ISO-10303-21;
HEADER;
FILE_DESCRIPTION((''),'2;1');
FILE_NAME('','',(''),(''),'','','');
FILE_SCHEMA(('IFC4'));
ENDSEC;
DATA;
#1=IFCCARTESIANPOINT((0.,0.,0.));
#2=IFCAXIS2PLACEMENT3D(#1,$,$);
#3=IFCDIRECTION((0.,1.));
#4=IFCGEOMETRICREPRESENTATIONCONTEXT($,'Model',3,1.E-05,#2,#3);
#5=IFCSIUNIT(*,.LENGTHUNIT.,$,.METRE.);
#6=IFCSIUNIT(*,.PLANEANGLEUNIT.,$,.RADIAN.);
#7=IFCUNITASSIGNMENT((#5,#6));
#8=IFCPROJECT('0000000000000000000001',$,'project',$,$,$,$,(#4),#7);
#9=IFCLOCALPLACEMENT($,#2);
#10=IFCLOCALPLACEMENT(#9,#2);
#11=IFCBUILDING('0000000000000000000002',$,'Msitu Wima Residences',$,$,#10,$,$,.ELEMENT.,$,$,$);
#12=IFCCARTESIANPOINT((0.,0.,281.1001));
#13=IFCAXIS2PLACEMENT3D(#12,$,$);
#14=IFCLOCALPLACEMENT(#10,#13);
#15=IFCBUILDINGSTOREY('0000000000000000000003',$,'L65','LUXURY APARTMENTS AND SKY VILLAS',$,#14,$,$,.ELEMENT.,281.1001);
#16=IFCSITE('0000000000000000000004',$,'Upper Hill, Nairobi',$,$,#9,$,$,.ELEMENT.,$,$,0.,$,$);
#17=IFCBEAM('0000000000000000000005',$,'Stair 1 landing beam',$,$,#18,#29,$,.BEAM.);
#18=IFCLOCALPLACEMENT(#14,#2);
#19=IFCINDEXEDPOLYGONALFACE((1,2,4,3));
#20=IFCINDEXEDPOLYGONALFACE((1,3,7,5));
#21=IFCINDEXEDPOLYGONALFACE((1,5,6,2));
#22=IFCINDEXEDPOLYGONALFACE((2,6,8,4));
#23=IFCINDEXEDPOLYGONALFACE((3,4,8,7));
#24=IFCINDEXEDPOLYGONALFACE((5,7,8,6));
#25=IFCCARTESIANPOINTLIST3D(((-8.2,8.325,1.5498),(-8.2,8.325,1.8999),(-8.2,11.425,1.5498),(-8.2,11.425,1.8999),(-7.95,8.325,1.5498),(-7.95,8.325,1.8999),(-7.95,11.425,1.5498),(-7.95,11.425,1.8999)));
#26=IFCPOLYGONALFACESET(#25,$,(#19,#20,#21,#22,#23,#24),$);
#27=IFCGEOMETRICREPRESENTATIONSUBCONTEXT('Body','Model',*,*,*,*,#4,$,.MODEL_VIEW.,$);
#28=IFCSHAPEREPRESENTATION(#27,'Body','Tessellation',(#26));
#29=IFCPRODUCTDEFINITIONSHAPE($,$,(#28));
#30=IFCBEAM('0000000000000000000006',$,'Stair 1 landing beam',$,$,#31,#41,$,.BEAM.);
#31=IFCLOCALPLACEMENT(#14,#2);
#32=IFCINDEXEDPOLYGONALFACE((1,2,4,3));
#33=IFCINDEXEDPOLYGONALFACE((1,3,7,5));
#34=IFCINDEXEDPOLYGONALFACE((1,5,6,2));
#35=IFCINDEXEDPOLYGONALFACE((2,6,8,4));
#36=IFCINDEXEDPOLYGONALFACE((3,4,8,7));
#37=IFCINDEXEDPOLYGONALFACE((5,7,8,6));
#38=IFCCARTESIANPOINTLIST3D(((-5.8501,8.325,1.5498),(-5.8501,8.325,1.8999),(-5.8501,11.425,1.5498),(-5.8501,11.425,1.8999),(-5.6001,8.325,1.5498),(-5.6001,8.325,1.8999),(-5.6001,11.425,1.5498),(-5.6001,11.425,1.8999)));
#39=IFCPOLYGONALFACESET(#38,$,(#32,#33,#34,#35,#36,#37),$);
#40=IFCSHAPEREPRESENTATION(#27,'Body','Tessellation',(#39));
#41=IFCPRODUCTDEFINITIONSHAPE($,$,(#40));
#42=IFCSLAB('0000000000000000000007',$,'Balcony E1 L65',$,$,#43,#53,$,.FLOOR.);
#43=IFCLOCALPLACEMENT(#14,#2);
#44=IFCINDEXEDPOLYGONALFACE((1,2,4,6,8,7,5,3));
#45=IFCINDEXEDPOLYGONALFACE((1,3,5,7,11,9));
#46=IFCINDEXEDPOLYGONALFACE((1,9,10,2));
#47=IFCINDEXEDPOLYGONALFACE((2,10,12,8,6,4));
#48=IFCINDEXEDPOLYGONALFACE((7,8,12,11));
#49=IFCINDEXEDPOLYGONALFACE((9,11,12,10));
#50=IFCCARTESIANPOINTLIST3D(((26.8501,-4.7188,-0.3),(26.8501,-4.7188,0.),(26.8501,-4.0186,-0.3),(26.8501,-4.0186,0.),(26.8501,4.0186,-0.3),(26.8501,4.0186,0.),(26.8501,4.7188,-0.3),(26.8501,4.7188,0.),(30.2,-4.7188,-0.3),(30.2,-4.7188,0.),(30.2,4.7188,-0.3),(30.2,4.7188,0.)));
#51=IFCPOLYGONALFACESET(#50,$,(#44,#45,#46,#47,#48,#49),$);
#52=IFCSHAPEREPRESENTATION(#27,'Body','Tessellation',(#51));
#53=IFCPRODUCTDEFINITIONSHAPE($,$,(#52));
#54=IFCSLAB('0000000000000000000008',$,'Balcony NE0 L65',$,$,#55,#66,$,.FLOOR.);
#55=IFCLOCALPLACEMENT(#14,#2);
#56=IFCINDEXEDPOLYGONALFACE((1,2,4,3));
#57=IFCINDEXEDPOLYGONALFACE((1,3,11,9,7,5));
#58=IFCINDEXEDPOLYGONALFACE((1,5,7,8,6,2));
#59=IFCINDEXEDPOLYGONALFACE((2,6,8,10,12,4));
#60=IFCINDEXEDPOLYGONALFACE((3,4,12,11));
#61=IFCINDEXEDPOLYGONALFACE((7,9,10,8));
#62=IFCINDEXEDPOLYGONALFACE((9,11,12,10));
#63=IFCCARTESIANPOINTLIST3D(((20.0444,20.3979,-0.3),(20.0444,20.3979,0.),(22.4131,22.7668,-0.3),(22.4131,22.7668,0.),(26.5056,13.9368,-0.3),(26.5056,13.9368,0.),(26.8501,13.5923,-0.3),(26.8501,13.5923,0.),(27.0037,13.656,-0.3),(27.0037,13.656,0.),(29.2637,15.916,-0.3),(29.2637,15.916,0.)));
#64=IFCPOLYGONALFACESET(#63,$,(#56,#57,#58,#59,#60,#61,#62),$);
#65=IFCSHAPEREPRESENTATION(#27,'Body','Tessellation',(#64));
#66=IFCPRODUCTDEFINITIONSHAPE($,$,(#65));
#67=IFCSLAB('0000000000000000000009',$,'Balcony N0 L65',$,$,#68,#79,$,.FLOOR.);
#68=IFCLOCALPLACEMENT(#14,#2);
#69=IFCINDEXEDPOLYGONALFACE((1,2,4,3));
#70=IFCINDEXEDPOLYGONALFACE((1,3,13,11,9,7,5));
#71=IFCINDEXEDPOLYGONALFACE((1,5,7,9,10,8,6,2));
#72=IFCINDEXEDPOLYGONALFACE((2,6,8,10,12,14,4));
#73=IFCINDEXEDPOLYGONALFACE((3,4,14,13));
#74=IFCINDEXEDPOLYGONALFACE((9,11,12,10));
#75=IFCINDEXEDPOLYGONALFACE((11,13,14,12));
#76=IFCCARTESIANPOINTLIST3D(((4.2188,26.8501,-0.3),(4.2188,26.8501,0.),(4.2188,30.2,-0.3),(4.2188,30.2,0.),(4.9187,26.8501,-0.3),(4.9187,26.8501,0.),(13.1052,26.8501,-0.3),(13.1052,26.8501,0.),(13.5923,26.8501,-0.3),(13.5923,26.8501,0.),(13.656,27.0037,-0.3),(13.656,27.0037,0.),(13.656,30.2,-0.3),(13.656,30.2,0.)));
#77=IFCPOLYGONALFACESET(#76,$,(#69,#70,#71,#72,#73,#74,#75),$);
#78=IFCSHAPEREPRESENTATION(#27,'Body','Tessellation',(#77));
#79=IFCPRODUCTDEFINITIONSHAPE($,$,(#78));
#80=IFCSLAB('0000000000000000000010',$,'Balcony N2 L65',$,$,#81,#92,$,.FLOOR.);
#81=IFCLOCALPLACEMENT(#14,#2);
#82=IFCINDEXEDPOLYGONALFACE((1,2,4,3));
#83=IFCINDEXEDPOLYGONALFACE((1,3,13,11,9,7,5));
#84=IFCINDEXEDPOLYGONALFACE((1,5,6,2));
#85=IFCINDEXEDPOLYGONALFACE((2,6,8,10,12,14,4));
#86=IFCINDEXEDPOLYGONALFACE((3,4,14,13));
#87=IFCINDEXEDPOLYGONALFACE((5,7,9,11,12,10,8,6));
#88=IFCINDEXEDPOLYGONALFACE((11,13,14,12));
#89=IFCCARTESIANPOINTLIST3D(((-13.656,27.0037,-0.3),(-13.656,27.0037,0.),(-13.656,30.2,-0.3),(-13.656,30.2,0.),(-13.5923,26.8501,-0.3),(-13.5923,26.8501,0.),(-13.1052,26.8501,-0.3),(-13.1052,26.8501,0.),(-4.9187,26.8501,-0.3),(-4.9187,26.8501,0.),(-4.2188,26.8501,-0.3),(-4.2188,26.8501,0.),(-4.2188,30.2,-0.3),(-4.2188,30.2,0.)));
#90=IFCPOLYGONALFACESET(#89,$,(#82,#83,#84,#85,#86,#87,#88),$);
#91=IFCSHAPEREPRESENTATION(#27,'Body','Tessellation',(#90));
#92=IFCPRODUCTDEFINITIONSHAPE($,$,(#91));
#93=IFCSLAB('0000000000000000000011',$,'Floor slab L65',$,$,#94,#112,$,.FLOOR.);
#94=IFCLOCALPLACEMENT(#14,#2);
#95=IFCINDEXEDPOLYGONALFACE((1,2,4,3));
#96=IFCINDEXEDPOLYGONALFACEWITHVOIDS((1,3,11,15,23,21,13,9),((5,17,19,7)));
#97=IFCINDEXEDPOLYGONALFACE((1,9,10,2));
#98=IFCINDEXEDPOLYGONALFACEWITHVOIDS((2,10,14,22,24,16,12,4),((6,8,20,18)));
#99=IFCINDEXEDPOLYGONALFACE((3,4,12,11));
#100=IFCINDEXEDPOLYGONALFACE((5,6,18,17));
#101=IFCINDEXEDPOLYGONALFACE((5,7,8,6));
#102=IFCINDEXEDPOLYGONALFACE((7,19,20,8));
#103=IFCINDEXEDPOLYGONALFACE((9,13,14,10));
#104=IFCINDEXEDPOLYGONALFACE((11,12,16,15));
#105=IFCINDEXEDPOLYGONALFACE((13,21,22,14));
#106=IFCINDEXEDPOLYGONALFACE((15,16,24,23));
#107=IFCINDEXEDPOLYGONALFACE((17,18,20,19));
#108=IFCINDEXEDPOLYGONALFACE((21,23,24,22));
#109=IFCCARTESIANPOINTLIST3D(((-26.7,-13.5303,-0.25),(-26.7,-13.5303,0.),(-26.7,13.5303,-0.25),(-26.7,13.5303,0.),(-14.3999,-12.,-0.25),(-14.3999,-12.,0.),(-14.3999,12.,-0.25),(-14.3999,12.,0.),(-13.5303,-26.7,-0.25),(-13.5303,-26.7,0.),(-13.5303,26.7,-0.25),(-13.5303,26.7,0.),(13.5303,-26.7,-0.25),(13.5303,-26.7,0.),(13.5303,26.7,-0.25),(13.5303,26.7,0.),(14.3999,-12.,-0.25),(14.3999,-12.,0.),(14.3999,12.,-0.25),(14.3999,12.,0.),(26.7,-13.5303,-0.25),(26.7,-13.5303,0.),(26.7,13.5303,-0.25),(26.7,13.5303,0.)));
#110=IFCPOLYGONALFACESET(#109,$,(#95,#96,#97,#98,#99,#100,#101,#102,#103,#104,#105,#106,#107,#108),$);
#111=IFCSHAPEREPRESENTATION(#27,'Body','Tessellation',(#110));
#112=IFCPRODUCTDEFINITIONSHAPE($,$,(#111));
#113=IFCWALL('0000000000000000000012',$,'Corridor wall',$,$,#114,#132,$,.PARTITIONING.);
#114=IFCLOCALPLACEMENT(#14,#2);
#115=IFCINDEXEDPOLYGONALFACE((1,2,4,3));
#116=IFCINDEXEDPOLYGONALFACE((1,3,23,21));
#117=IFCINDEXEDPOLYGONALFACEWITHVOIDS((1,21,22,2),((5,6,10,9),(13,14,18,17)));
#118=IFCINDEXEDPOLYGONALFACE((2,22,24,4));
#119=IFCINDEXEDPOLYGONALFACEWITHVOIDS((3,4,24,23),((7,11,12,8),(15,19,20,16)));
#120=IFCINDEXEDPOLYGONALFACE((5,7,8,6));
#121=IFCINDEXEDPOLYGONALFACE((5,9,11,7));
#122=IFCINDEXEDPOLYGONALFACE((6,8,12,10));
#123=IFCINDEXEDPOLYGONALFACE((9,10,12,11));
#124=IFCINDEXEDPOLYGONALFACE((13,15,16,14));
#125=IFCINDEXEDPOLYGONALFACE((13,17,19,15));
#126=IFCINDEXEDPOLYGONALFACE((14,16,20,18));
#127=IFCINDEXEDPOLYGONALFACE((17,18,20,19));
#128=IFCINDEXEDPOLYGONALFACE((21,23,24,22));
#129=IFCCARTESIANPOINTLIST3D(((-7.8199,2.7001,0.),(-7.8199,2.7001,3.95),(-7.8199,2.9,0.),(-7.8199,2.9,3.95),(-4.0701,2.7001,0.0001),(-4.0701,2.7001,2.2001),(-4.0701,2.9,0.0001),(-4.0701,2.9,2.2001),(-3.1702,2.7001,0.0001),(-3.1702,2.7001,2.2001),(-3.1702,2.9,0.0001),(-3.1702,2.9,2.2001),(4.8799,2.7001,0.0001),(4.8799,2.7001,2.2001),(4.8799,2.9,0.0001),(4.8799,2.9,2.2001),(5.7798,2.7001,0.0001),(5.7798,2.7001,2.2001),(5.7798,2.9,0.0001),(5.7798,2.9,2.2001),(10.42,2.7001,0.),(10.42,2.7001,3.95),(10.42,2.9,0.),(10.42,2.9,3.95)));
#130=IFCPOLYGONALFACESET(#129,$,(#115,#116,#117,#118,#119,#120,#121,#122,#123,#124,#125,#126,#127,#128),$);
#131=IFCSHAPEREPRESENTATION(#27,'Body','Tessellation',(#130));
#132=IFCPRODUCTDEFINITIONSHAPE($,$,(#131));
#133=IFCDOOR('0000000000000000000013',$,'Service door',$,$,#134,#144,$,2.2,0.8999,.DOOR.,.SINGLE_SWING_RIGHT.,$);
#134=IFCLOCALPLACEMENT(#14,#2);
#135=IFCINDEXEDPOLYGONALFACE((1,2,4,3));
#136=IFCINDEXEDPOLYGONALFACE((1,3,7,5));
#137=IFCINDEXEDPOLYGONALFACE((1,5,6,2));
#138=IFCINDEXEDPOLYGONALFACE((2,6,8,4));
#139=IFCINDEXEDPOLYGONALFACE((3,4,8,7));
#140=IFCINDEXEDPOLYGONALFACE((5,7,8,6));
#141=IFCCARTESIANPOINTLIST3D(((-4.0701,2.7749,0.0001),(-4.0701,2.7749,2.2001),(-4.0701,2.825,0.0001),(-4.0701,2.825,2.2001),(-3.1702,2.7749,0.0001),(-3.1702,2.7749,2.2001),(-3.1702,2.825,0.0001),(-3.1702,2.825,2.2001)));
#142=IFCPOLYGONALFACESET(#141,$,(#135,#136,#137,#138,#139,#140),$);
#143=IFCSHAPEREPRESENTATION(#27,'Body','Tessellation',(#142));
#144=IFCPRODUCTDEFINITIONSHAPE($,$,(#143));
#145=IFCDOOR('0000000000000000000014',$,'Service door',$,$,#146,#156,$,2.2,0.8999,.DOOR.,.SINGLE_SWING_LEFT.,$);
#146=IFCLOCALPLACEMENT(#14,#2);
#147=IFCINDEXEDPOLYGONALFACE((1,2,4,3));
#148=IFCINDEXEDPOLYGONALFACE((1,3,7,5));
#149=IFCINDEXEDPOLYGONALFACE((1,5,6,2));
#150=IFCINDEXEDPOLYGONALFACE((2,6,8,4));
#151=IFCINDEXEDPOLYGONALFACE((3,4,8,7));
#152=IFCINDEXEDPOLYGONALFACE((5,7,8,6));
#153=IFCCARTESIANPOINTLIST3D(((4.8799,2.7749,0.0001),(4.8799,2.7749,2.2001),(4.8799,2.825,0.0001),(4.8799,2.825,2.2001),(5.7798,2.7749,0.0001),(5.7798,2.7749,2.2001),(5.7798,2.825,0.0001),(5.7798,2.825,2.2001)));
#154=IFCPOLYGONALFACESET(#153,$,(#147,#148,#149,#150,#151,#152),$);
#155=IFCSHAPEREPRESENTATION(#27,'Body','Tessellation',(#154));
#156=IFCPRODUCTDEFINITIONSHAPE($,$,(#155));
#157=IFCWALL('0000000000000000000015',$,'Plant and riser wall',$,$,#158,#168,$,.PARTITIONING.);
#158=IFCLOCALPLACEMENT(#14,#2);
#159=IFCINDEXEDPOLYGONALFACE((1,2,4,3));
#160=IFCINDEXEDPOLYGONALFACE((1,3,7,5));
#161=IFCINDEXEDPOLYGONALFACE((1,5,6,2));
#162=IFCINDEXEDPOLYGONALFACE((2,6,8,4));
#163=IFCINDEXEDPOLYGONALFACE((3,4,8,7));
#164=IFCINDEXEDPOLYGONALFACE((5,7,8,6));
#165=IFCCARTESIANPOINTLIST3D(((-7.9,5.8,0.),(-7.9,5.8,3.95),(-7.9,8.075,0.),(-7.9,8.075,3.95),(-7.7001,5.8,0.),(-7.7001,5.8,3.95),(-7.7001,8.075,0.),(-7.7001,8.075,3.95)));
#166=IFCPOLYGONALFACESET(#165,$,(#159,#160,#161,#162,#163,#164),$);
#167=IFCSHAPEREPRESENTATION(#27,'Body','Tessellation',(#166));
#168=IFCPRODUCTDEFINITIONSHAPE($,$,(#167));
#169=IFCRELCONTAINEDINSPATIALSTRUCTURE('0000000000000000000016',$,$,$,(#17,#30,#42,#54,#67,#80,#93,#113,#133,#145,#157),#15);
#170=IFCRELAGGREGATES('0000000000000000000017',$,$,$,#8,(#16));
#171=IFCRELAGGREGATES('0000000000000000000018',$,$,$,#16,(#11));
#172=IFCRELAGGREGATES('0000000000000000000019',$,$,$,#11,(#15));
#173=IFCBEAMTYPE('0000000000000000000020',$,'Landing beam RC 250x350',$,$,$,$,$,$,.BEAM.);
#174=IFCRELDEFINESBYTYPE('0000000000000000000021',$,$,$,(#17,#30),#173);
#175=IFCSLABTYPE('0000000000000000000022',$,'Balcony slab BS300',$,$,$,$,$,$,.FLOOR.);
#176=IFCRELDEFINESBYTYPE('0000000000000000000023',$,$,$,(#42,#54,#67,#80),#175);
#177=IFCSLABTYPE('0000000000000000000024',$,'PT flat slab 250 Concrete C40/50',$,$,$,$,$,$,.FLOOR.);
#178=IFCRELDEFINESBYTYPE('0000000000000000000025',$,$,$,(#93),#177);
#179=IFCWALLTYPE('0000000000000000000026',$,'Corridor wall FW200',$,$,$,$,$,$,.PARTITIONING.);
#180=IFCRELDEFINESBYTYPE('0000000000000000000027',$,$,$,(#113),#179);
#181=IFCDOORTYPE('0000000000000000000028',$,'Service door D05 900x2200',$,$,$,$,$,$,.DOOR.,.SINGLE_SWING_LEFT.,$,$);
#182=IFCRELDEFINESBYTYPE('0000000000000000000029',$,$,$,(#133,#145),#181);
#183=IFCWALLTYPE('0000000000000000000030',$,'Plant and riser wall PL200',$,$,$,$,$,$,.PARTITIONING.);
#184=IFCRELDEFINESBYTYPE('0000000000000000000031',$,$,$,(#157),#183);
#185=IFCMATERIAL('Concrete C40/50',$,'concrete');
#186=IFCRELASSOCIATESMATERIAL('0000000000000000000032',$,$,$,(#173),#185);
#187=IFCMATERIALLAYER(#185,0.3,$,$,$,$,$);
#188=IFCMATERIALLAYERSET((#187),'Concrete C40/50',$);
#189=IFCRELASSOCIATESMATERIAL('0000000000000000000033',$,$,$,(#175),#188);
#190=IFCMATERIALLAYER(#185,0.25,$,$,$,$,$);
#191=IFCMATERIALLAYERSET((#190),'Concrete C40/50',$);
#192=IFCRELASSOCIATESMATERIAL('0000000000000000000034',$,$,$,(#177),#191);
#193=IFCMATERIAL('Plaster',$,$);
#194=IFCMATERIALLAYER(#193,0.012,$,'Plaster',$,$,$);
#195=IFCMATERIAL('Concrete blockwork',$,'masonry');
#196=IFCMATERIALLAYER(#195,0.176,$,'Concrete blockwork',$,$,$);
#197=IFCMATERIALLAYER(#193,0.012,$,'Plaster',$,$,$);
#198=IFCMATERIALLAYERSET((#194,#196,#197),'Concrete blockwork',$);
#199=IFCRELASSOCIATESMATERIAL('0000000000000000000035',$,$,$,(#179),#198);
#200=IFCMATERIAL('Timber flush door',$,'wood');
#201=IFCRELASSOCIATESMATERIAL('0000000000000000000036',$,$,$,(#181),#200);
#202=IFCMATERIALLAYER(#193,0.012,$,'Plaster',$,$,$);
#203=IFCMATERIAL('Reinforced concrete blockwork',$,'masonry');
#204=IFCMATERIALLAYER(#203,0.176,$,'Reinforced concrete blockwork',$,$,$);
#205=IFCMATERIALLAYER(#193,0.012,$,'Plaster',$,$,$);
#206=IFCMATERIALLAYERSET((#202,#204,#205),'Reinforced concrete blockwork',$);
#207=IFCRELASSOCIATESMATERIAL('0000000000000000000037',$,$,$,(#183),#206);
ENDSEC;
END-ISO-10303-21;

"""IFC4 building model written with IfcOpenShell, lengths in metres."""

from ifc_helpers import new_model, si_unit, direction, frame, frame_2d, origin, origin_2d, place, context, subcontext, project, spatial, polyline, rectangle, outline, extrude, material, layer, layer_set, material_profile, profile_set, type_object, element, fill, save


model = new_model("IFC4")

# Units and contexts
model_context = context("Model", 3, precision=1e-05, world=origin(), true_north=direction((0.0, 1.0)))
body_context = subcontext(model_context, "Body", "Model", "MODEL_VIEW")
ifc_project = project(units=[si_unit("LENGTHUNIT", "METRE"), si_unit("PLANEANGLEUNIT", "RADIAN")], contexts=[model_context])

# Site, building, storey
site_placement = place(None, origin())
site = spatial("IfcSite", under=ifc_project, at=site_placement, Name="Upper Hill, Nairobi", CompositionType="ELEMENT", RefElevation=0.0)
building_placement = place(site_placement, origin())
building = spatial("IfcBuilding", under=site, at=building_placement, Name="Msitu Wima Residences", CompositionType="ELEMENT")
storey_placement = place(building_placement, frame((0.0, 0.0, 281.1001)))
storey = spatial("IfcBuildingStorey", under=building, at=storey_placement, Name="L65", Description="LUXURY APARTMENTS AND SKY VILLAS", CompositionType="ELEMENT", Elevation=281.1001)

# Beams
ifc_material_1 = material(Name="Concrete C40/50", Category="concrete")
ifc_material_profile = material_profile(ifc_material_1, rectangle(XDim=0.25, YDim=0.3501, at=origin_2d()), Name="RC 250x350")
ifc_profile_set = profile_set([ifc_material_profile], Name="Concrete C40/50")
beam_type = type_object("IfcBeamType", Name="Landing beam RC 250x350", PredefinedType="BEAM", material=ifc_profile_set)
for number, where, z_axis, x_axis, name in (
    (1, (-8.075, 8.325, 1.7249), (0.0, 1.0, 0.0), (-1.0, 0.0, 0.0), "Stair 1 landing beam"),
    (2, (-5.7251, 8.325, 1.7249), (0.0, 1.0, 0.0), (-1.0, 0.0, 0.0), "Stair 1 landing beam"),
):
    element("IfcBeam", number, at=place(storey_placement, frame(where, z_axis=z_axis, x_axis=x_axis)), inside=storey, type_object=beam_type, Name=name, PredefinedType="BEAM", context=body_context, shape_type="SweptSolid", body=[
        extrude(rectangle(XDim=0.25, YDim=0.3501, at=origin_2d()), origin(), (0.0, 0.0, 1.0), 3.1001),
    ])

# Slabs
ifc_layer_1 = layer(ifc_material_1, 0.3)
ifc_layer_set_1 = layer_set([ifc_layer_1], Name="Concrete C40/50")
slab_type_1 = type_object("IfcSlabType", Name="Balcony slab BS300", PredefinedType="FLOOR", material=ifc_layer_set_1)
slab_1_placement = place(storey_placement, frame((0.0, 0.0, -0.3)))
element("IfcSlab", 3, at=slab_1_placement, inside=storey, type_object=slab_type_1, Name="Balcony E1 L65", PredefinedType="FLOOR", context=body_context, shape_type="SweptSolid", body=[
    extrude(outline(polyline([(26.8501, -4.0186), (26.8501, 4.0186), (26.8501, 4.7188), (30.2, 4.7188), (30.2, -4.7188), (26.8501, -4.7188), (26.8501, -4.0186)])), origin(), (0.0, 0.0, 1.0), 0.3),
])
slab_2_placement = place(storey_placement, frame((0.0, 0.0, -0.3)))
element("IfcSlab", 4, at=slab_2_placement, inside=storey, type_object=slab_type_1, Name="Balcony NE0 L65", PredefinedType="FLOOR", context=body_context, shape_type="SweptSolid", body=[
    extrude(outline(polyline([(26.5056, 13.9368), (26.5056, 13.9368), (20.0444, 20.3979), (22.4131, 22.7668), (29.2637, 15.916), (27.0037, 13.656), (26.8501, 13.5923), (26.5056, 13.9368), (26.5056, 13.9368)])), origin(), (0.0, 0.0, 1.0), 0.3),
])
slab_3_placement = place(storey_placement, frame((0.0, 0.0, -0.3)))
element("IfcSlab", 5, at=slab_3_placement, inside=storey, type_object=slab_type_1, Name="Balcony N0 L65", PredefinedType="FLOOR", context=body_context, shape_type="SweptSolid", body=[
    extrude(outline(polyline([(13.1052, 26.8501), (13.1052, 26.8501), (4.9187, 26.8501), (4.2188, 26.8501), (4.2188, 30.2), (13.656, 30.2), (13.656, 27.0037), (13.5923, 26.8501), (13.1052, 26.8501), (13.1052, 26.8501)])), origin(), (0.0, 0.0, 1.0), 0.3),
])
slab_4_placement = place(storey_placement, frame((0.0, 0.0, -0.3)))
element("IfcSlab", 6, at=slab_4_placement, inside=storey, type_object=slab_type_1, Name="Balcony N2 L65", PredefinedType="FLOOR", context=body_context, shape_type="SweptSolid", body=[
    extrude(outline(polyline([(-13.1052, 26.8501), (-13.1052, 26.8501), (-13.1052, 26.8501), (-13.5923, 26.8501), (-13.656, 27.0037), (-13.656, 30.2), (-4.2188, 30.2), (-4.2188, 26.8501), (-4.9187, 26.8501), (-13.1052, 26.8501)])), origin(), (0.0, 0.0, 1.0), 0.3),
])
ifc_layer_2 = layer(ifc_material_1, 0.25)
ifc_layer_set_2 = layer_set([ifc_layer_2], Name="Concrete C40/50")
slab_type_2 = type_object("IfcSlabType", Name="PT flat slab 250 Concrete C40/50", PredefinedType="FLOOR", material=ifc_layer_set_2)
slab_5_placement = place(storey_placement, frame((0.0, 0.0, -0.25)))
element("IfcSlab", 7, at=slab_5_placement, inside=storey, type_object=slab_type_2, Name="Floor slab L65", PredefinedType="FLOOR", context=body_context, shape_type="SweptSolid", body=[
    extrude(outline(polyline([(26.7, -13.5303), (13.5303, -26.7), (-13.5303, -26.7), (-26.7, -13.5303), (-26.7, 13.5303), (-13.5303, 26.7), (13.5303, 26.7), (26.7, 13.5303), (26.7, -13.5303)]), holes=[polyline([(-14.3999, -12.0), (14.3999, -12.0), (14.3999, 12.0), (-14.3999, 12.0), (-14.3999, -12.0)])]), origin(), (0.0, 0.0, 1.0), 0.25),
])

# Wall, openings, doors
ifc_material_2 = material(Name="Plaster")
ifc_layer_3 = layer(ifc_material_2, 0.012, Name="Plaster")
ifc_material_3 = material(Name="Concrete blockwork", Category="masonry")
ifc_layer_4 = layer(ifc_material_3, 0.176, Name="Concrete blockwork")
ifc_layer_5 = layer(ifc_material_2, 0.012, Name="Plaster")
ifc_layer_set_3 = layer_set([ifc_layer_3, ifc_layer_4, ifc_layer_5], Name="Concrete blockwork")
wall_type_1 = type_object("IfcWallType", Name="Corridor wall FW200", PredefinedType="PARTITIONING", material=ifc_layer_set_3)
wall_1_placement = place(storey_placement, frame((-7.8201, 2.8, 0.0), z_axis=(0.0, 0.0, 1.0), x_axis=(1.0, 0.0, 0.0)))
wall_1 = element("IfcWall", 8, at=wall_1_placement, inside=storey, type_object=wall_type_1, Name="Corridor wall", PredefinedType="PARTITIONING", context=body_context, shape_type="SweptSolid", body=[
    extrude(rectangle(XDim=18.24, YDim=0.2, at=frame_2d((9.1201, 0.0))), origin(), (0.0, 0.0, 1.0), 3.95),
])
opening_1_placement = place(wall_1_placement, frame((3.75, 0.0, 0.0)))
opening_1 = element("IfcOpeningElement", 9, at=opening_1_placement, cuts=wall_1, PredefinedType="OPENING", context=body_context, shape_type="SweptSolid", body=[
    extrude(rectangle(XDim=0.8999, YDim=2.2, at=frame_2d((0.45, 1.1001))), frame((0.0, 0.1099, 0.0), z_axis=(0.0, -1.0, 0.0), x_axis=(1.0, 0.0, 0.0)), (0.0, 0.0, 1.0), 0.22),
])
opening_2_placement = place(wall_1_placement, frame((12.7, 0.0, 0.0)))
opening_2 = element("IfcOpeningElement", 10, at=opening_2_placement, cuts=wall_1, PredefinedType="OPENING", context=body_context, shape_type="SweptSolid", body=[
    extrude(rectangle(XDim=0.8999, YDim=2.2, at=frame_2d((0.45, 1.1001))), frame((0.0, 0.1099, 0.0), z_axis=(0.0, -1.0, 0.0), x_axis=(1.0, 0.0, 0.0)), (0.0, 0.0, 1.0), 0.22),
])
ifc_material_4 = material(Name="Timber flush door", Category="wood")
door_type_1 = type_object("IfcDoorType", Name="Service door D05 900x2200", OperationType="SINGLE_SWING_LEFT", PredefinedType="DOOR", material=ifc_material_4)
door_1_placement = place(opening_1_placement, origin())
door_1 = element("IfcDoor", 11, at=door_1_placement, inside=storey, type_object=door_type_1, Name="Service door", OperationType="SINGLE_SWING_RIGHT", OverallHeight=2.2, OverallWidth=0.8999, PredefinedType="DOOR", context=body_context, shape_type="SweptSolid", body=[
    extrude(rectangle(XDim=0.8999, YDim=2.2, at=frame_2d((0.45, 1.1001))), frame((0.0, 0.0249, 0.0), z_axis=(0.0, -1.0, 0.0), x_axis=(1.0, 0.0, 0.0)), (0.0, 0.0, 1.0), 0.05),
])
fill(opening_1, door_1)
door_2_placement = place(opening_2_placement, origin())
door_2 = element("IfcDoor", 12, at=door_2_placement, inside=storey, type_object=door_type_1, Name="Service door", OperationType="SINGLE_SWING_LEFT", OverallHeight=2.2, OverallWidth=0.8999, PredefinedType="DOOR", context=body_context, shape_type="SweptSolid", body=[
    extrude(rectangle(XDim=0.8999, YDim=2.2, at=frame_2d((0.45, 1.1001))), frame((0.0, 0.0249, 0.0), z_axis=(0.0, -1.0, 0.0), x_axis=(1.0, 0.0, 0.0)), (0.0, 0.0, 1.0), 0.05),
])
fill(opening_2, door_2)

# Wall
ifc_layer_6 = layer(ifc_material_2, 0.012, Name="Plaster")
ifc_material_5 = material(Name="Reinforced concrete blockwork", Category="masonry")
ifc_layer_7 = layer(ifc_material_5, 0.176, Name="Reinforced concrete blockwork")
ifc_layer_8 = layer(ifc_material_2, 0.012, Name="Plaster")
ifc_layer_set_4 = layer_set([ifc_layer_6, ifc_layer_7, ifc_layer_8], Name="Reinforced concrete blockwork")
wall_type_2 = type_object("IfcWallType", Name="Plant and riser wall PL200", PredefinedType="PARTITIONING", material=ifc_layer_set_4)
wall_2_placement = place(storey_placement, frame((-7.8, 5.8, 0.0), z_axis=(0.0, 0.0, 1.0), x_axis=(0.0, 1.0, 0.0)))
element("IfcWall", 13, at=wall_2_placement, inside=storey, type_object=wall_type_2, Name="Plant and riser wall", PredefinedType="PARTITIONING", context=body_context, shape_type="SweptSolid", body=[
    extrude(rectangle(XDim=2.2749, YDim=0.2, at=frame_2d((1.1375, 0.0))), origin(), (0.0, 0.0, 1.0), 3.95),
])

save(model, "model.ifc")
